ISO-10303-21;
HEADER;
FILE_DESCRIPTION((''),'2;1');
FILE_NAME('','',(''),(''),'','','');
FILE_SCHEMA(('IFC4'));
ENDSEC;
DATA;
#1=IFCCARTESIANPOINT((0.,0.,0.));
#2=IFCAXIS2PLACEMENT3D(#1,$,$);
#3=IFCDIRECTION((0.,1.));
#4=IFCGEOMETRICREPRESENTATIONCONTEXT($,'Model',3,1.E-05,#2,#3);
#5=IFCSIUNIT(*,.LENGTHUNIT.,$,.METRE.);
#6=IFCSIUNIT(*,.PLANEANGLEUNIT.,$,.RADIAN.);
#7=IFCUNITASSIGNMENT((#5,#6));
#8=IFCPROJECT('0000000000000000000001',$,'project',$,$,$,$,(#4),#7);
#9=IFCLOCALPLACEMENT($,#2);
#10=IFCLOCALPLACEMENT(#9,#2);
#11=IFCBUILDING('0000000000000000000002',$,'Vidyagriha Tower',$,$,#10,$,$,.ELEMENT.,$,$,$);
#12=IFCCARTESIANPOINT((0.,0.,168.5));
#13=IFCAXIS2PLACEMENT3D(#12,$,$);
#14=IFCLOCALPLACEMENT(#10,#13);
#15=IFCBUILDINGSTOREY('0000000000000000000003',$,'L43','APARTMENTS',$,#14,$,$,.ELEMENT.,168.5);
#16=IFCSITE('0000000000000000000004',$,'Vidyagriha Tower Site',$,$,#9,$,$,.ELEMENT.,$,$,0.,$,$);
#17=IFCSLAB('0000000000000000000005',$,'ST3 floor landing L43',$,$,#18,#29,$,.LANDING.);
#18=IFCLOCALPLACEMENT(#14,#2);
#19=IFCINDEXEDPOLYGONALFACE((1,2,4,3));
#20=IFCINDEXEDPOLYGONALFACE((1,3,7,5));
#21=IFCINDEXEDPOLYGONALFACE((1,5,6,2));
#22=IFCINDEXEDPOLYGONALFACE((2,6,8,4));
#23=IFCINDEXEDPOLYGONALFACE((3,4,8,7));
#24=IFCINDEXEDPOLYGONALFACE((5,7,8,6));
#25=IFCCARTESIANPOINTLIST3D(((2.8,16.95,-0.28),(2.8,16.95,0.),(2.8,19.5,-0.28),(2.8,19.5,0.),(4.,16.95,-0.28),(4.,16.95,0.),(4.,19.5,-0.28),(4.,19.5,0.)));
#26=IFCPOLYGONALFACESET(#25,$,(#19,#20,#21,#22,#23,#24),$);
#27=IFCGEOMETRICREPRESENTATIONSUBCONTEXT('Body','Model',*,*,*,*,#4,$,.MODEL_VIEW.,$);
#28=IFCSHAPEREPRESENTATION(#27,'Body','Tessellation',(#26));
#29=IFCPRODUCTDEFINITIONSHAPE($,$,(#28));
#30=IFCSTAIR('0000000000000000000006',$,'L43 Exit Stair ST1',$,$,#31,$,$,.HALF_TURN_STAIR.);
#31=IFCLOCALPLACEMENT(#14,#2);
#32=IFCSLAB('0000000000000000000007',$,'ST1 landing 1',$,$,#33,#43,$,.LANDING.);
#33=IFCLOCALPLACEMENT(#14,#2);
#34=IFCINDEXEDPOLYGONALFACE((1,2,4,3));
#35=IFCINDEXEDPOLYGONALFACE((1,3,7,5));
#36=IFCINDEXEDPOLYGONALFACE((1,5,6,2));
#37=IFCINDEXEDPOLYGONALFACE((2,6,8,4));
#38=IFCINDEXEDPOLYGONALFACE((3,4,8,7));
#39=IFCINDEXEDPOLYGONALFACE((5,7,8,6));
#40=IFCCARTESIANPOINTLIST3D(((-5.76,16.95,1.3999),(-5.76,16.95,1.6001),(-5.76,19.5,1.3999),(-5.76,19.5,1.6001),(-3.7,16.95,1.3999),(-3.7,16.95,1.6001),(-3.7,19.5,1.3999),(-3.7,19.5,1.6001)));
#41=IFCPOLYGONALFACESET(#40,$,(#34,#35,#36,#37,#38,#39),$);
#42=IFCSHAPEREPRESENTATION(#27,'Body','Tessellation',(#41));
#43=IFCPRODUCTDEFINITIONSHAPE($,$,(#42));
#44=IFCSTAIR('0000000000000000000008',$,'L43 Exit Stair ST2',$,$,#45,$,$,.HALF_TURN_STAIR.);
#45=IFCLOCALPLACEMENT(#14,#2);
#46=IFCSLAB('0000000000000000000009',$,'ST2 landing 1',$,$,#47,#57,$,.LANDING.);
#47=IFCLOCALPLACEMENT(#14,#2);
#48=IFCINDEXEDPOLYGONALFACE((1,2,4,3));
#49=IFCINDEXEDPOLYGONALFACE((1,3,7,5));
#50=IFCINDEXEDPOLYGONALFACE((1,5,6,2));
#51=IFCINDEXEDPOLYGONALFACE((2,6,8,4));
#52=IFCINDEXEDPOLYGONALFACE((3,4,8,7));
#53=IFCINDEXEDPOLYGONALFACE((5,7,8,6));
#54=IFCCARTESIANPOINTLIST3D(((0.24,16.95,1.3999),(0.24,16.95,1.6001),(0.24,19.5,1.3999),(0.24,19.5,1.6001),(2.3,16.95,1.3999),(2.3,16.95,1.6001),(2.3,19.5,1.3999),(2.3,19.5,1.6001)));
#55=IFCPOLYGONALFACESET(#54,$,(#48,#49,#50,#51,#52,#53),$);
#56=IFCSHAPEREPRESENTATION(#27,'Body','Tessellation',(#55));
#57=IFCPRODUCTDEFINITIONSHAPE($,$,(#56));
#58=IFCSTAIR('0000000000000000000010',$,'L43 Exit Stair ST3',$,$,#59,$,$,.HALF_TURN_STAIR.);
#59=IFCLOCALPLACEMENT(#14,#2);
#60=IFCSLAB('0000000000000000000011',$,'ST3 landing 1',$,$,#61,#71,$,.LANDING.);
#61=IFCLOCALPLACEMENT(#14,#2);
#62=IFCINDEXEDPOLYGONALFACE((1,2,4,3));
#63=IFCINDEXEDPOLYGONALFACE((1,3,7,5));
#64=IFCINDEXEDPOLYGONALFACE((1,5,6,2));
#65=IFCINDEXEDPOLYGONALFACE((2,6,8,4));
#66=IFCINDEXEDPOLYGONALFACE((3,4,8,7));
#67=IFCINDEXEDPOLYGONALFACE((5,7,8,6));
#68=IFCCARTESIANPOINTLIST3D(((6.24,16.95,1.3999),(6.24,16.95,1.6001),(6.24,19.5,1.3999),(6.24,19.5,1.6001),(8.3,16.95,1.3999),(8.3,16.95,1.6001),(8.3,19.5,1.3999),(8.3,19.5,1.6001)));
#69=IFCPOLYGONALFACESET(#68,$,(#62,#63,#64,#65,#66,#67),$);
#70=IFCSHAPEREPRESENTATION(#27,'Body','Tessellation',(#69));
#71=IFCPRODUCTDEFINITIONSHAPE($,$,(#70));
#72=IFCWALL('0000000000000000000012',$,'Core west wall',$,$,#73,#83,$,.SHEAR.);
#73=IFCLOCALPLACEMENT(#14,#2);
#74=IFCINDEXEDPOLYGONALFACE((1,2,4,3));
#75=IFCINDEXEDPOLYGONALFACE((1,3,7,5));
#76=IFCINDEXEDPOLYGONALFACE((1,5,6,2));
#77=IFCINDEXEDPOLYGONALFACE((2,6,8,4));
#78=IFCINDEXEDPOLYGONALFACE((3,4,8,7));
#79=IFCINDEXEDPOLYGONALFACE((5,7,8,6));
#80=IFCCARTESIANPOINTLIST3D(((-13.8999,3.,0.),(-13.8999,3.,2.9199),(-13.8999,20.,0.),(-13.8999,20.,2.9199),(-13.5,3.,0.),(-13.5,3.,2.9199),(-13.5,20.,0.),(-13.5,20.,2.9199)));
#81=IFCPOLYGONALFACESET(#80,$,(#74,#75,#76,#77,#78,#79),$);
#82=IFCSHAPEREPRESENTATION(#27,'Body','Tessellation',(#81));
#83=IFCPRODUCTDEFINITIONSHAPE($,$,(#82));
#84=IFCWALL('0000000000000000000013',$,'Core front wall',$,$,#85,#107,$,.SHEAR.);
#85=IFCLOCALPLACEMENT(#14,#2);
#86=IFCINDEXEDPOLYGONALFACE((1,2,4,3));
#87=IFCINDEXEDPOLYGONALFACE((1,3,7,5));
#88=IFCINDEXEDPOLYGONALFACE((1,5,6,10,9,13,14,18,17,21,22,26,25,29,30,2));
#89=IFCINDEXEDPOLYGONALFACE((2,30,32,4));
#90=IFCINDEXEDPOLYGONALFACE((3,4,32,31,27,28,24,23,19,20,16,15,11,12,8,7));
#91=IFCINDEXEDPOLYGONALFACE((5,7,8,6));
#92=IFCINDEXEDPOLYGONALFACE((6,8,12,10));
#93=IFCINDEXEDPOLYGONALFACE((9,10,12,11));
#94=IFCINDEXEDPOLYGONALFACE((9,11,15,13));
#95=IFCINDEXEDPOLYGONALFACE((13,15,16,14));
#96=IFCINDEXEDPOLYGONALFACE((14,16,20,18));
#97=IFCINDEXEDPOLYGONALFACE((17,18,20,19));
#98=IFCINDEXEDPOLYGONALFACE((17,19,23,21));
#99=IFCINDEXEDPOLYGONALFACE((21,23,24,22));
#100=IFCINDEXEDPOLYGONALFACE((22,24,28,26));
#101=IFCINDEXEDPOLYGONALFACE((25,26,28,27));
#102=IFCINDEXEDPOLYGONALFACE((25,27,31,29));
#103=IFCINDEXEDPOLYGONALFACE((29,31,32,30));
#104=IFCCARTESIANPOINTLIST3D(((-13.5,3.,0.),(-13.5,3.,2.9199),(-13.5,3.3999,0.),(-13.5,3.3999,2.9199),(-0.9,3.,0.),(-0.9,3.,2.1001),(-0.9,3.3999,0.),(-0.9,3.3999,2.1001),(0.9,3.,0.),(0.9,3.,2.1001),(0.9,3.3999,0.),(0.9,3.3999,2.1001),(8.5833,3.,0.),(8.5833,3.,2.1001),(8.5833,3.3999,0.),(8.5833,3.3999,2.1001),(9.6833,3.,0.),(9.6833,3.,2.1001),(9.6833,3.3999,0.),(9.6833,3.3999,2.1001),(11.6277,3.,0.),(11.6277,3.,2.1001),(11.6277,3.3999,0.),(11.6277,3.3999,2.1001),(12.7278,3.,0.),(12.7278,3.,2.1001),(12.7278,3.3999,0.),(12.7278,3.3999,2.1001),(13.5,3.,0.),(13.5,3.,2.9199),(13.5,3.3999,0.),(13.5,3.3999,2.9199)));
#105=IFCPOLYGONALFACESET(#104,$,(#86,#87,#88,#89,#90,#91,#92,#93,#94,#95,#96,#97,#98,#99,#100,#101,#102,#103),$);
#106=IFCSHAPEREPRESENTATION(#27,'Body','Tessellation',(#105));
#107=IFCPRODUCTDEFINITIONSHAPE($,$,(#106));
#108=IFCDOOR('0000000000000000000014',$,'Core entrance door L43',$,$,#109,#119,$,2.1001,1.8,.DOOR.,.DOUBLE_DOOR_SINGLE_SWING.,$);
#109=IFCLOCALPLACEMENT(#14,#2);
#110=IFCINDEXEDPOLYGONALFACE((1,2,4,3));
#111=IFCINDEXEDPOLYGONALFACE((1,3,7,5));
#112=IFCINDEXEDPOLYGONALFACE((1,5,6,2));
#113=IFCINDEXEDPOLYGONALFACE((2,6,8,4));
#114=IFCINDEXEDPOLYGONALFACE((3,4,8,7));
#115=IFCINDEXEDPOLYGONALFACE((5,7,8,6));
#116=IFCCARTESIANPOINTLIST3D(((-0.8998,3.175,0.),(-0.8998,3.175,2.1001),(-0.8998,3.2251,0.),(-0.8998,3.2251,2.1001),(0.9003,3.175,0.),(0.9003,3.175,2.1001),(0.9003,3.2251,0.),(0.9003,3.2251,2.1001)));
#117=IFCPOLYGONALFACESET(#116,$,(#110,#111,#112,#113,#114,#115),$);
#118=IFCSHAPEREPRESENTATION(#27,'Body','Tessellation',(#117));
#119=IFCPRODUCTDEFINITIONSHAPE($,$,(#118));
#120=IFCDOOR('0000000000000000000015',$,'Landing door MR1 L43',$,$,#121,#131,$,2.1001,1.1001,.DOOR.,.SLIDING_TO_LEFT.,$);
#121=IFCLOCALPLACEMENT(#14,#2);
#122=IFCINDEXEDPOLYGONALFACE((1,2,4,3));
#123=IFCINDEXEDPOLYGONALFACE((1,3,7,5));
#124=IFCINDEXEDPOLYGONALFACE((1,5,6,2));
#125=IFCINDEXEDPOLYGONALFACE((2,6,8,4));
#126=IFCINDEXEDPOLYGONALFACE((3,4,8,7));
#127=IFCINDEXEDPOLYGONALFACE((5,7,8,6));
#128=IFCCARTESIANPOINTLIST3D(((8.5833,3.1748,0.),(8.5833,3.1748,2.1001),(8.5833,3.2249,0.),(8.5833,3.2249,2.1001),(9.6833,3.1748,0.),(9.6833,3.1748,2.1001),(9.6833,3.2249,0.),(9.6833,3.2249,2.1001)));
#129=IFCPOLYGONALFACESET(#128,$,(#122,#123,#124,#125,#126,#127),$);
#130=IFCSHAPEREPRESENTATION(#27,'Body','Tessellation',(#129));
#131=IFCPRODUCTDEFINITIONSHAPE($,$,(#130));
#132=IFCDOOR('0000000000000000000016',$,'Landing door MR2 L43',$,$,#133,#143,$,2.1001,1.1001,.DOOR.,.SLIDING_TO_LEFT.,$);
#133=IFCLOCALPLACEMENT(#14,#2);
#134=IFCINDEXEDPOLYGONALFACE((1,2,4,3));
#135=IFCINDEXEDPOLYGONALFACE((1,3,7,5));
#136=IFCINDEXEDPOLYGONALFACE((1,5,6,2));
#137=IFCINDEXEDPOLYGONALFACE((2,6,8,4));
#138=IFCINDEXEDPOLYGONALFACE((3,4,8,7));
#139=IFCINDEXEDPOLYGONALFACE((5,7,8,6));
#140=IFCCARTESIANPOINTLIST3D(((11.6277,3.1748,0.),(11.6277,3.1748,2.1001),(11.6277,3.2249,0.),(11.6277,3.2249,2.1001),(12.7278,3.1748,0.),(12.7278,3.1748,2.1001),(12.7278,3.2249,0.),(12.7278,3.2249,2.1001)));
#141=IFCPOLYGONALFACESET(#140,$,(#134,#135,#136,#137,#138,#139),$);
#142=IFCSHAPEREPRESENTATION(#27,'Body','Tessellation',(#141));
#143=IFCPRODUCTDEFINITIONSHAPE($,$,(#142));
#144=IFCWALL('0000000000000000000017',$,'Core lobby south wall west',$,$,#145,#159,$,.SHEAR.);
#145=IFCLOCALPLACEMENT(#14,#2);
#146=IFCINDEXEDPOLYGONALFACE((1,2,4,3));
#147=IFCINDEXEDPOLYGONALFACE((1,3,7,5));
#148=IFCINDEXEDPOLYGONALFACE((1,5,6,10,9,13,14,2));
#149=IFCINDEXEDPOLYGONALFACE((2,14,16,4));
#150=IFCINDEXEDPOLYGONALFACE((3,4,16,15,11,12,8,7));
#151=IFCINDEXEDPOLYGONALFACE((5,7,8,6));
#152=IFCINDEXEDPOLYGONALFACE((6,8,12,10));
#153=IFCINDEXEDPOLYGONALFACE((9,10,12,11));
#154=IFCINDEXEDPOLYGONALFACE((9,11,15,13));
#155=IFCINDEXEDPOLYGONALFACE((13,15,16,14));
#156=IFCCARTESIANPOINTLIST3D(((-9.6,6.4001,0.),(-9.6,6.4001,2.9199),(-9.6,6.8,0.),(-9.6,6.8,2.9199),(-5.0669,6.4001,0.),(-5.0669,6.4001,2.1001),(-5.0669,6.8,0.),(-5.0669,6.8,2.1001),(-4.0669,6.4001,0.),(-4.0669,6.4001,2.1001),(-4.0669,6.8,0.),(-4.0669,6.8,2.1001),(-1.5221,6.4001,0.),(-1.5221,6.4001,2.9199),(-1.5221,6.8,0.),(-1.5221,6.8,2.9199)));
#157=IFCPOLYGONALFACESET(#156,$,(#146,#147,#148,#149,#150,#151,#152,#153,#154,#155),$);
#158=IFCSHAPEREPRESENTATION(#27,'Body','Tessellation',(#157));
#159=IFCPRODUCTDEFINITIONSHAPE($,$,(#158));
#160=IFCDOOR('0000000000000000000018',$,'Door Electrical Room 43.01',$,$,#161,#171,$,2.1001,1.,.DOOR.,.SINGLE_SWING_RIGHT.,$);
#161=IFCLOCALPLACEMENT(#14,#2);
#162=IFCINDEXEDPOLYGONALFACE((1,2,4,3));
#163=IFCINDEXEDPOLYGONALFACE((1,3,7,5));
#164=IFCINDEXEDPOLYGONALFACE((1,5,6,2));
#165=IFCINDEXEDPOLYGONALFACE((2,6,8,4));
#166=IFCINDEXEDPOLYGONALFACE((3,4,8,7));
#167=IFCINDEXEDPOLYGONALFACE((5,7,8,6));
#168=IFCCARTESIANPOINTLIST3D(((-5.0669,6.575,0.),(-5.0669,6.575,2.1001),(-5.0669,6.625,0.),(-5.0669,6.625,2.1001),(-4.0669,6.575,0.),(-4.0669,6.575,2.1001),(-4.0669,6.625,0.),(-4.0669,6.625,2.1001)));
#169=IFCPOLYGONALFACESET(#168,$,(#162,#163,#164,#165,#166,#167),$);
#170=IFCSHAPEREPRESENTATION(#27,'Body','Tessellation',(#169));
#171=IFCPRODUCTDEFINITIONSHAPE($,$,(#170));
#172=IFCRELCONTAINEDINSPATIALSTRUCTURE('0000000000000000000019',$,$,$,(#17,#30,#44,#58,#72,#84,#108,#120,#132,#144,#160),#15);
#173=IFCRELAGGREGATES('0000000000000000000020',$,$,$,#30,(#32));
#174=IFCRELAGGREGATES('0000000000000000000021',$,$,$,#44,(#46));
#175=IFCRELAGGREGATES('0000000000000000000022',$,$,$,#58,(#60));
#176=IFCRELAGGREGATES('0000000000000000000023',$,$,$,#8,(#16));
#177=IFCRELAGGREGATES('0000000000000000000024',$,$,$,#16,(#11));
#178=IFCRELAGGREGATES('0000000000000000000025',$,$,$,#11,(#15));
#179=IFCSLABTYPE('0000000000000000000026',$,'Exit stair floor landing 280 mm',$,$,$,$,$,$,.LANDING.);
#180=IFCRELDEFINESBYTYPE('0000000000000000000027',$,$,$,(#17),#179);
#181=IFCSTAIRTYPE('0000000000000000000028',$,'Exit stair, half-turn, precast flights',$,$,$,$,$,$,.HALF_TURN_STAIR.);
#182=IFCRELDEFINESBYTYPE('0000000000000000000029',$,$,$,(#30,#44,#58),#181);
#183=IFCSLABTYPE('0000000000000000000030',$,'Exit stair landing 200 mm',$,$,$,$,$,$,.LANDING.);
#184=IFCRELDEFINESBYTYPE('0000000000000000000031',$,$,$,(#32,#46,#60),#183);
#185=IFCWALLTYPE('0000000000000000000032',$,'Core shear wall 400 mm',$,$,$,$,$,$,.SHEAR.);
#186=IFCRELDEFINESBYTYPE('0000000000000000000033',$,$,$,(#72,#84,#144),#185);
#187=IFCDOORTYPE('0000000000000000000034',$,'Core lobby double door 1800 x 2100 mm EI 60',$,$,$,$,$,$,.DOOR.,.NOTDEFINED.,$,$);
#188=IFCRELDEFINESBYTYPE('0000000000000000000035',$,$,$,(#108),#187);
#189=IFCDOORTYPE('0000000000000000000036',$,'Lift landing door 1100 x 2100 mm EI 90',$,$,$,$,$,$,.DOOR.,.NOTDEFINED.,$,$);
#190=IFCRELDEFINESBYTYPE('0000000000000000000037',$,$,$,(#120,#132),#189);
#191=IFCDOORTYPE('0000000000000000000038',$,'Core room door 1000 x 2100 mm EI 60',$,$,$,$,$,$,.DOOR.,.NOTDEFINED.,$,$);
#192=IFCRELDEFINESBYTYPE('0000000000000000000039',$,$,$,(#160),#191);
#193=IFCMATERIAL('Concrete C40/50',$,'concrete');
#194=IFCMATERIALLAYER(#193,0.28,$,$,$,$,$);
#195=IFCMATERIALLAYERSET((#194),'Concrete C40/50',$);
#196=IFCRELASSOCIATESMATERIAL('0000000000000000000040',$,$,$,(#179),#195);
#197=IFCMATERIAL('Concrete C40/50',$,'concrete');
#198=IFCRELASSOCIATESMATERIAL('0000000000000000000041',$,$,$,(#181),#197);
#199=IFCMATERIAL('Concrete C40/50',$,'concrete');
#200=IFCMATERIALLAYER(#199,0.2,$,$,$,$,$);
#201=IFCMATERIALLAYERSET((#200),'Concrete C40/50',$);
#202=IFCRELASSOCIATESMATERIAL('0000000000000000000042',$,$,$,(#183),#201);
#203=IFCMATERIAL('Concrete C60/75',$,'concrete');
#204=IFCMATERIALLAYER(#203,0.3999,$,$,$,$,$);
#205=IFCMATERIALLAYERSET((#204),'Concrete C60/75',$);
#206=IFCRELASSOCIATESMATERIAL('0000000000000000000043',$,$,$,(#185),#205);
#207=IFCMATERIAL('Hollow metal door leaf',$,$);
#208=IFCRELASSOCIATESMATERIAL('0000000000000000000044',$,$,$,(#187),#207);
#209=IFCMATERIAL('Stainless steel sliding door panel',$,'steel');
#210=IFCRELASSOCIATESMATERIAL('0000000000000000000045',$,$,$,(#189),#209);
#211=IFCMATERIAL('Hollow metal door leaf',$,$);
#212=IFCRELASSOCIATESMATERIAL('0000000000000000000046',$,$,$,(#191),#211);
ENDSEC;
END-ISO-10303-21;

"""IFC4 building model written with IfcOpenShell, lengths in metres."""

from ifc_helpers import new_model, si_unit, direction, frame, frame_2d, origin, place, context, subcontext, project, spatial, polyline, rectangle, outline, extrude, material, layer, layer_set, type_object, element, fill, aggregate, save


model = new_model("IFC4")

# Units and contexts
model_context = context("Model", 3, precision=1e-05, world=origin(), true_north=direction((0.0, 1.0)))
body_context = subcontext(model_context, "Body", "Model", "MODEL_VIEW")
ifc_project = project(units=[si_unit("LENGTHUNIT", "METRE"), si_unit("PLANEANGLEUNIT", "RADIAN")], contexts=[model_context])

# Site, building, storey
site_placement = place(None, origin())
site = spatial("IfcSite", under=ifc_project, at=site_placement, Name="Vidyagriha Tower Site", CompositionType="ELEMENT", RefElevation=0.0)
building_placement = place(site_placement, origin())
building = spatial("IfcBuilding", under=site, at=building_placement, Name="Vidyagriha Tower", CompositionType="ELEMENT")
storey_placement = place(building_placement, frame((0.0, 0.0, 168.5)))
storey = spatial("IfcBuildingStorey", under=building, at=storey_placement, Name="L43", Description="APARTMENTS", CompositionType="ELEMENT", Elevation=168.5)

# Slab
ifc_material_1 = material(Name="Concrete C40/50", Category="concrete")
ifc_layer_1 = layer(ifc_material_1, 0.28)
ifc_layer_set_1 = layer_set([ifc_layer_1], Name="Concrete C40/50")
slab_type_1 = type_object("IfcSlabType", Name="Exit stair floor landing 280 mm", PredefinedType="LANDING", material=ifc_layer_set_1)
slab_1_placement = place(storey_placement, frame((0.0, 0.0, -0.28)))
element("IfcSlab", 1, at=slab_1_placement, inside=storey, type_object=slab_type_1, Name="ST3 floor landing L43", PredefinedType="LANDING", context=body_context, shape_type="SweptSolid", body=[
    extrude(outline(polyline([(2.8, 16.95), (4.0, 16.95), (4.0, 19.5), (2.8, 19.5), (2.8, 16.95)])), origin(), (0.0, 0.0, 1.0), 0.28),
])

# Stairs, slabs
ifc_material_2 = material(Name="Concrete C40/50", Category="concrete")
stair_type = type_object("IfcStairType", Name="Exit stair, half-turn, precast flights", PredefinedType="HALF_TURN_STAIR", material=ifc_material_2)
stair_1_placement = place(storey_placement, origin())
stair_1 = element("IfcStair", 2, at=stair_1_placement, inside=storey, type_object=stair_type, Name="L43 Exit Stair ST1", PredefinedType="HALF_TURN_STAIR")
ifc_material_3 = material(Name="Concrete C40/50", Category="concrete")
ifc_layer_2 = layer(ifc_material_3, 0.2)
ifc_layer_set_2 = layer_set([ifc_layer_2], Name="Concrete C40/50")
slab_type_2 = type_object("IfcSlabType", Name="Exit stair landing 200 mm", PredefinedType="LANDING", material=ifc_layer_set_2)
slab_2_placement = place(storey_placement, frame((0.0, 0.0, 1.3999)))
slab_2 = element("IfcSlab", 3, at=slab_2_placement, type_object=slab_type_2, Name="ST1 landing 1", PredefinedType="LANDING", context=body_context, shape_type="SweptSolid", body=[
    extrude(outline(polyline([(-5.76, 16.95), (-3.7, 16.95), (-3.7, 19.5), (-5.76, 19.5), (-5.76, 16.95)])), origin(), (0.0, 0.0, 1.0), 0.2002),
])
aggregate(stair_1, [slab_2])
stair_2_placement = place(storey_placement, origin())
stair_2 = element("IfcStair", 4, at=stair_2_placement, inside=storey, type_object=stair_type, Name="L43 Exit Stair ST2", PredefinedType="HALF_TURN_STAIR")
slab_3_placement = place(storey_placement, frame((0.0, 0.0, 1.3999)))
slab_3 = element("IfcSlab", 5, at=slab_3_placement, type_object=slab_type_2, Name="ST2 landing 1", PredefinedType="LANDING", context=body_context, shape_type="SweptSolid", body=[
    extrude(outline(polyline([(0.24, 16.95), (2.3, 16.95), (2.3, 19.5), (0.24, 19.5), (0.24, 16.95)])), origin(), (0.0, 0.0, 1.0), 0.2002),
])
aggregate(stair_2, [slab_3])
stair_3_placement = place(storey_placement, origin())
stair_3 = element("IfcStair", 6, at=stair_3_placement, inside=storey, type_object=stair_type, Name="L43 Exit Stair ST3", PredefinedType="HALF_TURN_STAIR")
slab_4_placement = place(storey_placement, frame((0.0, 0.0, 1.3999)))
slab_4 = element("IfcSlab", 7, at=slab_4_placement, type_object=slab_type_2, Name="ST3 landing 1", PredefinedType="LANDING", context=body_context, shape_type="SweptSolid", body=[
    extrude(outline(polyline([(6.24, 16.95), (8.3, 16.95), (8.3, 19.5), (6.24, 19.5), (6.24, 16.95)])), origin(), (0.0, 0.0, 1.0), 0.2002),
])
aggregate(stair_3, [slab_4])

# Wall
ifc_material_4 = material(Name="Concrete C60/75", Category="concrete")
ifc_layer_3 = layer(ifc_material_4, 0.3999)
ifc_layer_set_3 = layer_set([ifc_layer_3], Name="Concrete C60/75")
wall_type_1 = type_object("IfcWallType", Name="Core shear wall 400 mm", PredefinedType="SHEAR", material=ifc_layer_set_3)
wall_1_placement = place(storey_placement, frame((-13.7, 3.0, 0.0), z_axis=(0.0, 0.0, 1.0), x_axis=(0.0, 1.0, 0.0)))
element("IfcWall", 8, at=wall_1_placement, inside=storey, type_object=wall_type_1, Name="Core west wall", PredefinedType="SHEAR", context=body_context, shape_type="SweptSolid", body=[
    extrude(rectangle(XDim=17.0, YDim=0.3999, at=frame_2d((8.5, 0.0))), origin(), (0.0, 0.0, 1.0), 2.9199),
])

# Wall, openings, doors
wall_2_placement = place(storey_placement, frame((-13.5, 3.2, 0.0)))
wall_2 = element("IfcWall", 9, at=wall_2_placement, inside=storey, type_object=wall_type_1, Name="Core front wall", PredefinedType="SHEAR", context=body_context, shape_type="SweptSolid", body=[
    extrude(rectangle(XDim=27.0, YDim=0.3999, at=frame_2d((13.5, 0.0))), origin(), (0.0, 0.0, 1.0), 2.9199),
])
opening_1_placement = place(wall_2_placement, frame((22.0833, 0.0, 0.0)))
opening_1 = element("IfcOpeningElement", 10, at=opening_1_placement, cuts=wall_2, PredefinedType="OPENING", context=body_context, shape_type="SweptSolid", body=[
    extrude(rectangle(XDim=1.1001, YDim=2.1001, at=frame_2d((0.55, 1.05))), frame((0.0, 0.21, 0.0), z_axis=(0.0, -1.0, 0.0), x_axis=(1.0, 0.0, 0.0)), (0.0, 0.0, 1.0), 0.4199),
])
opening_2_placement = place(wall_2_placement, frame((25.1277, 0.0, 0.0)))
opening_2 = element("IfcOpeningElement", 11, at=opening_2_placement, cuts=wall_2, PredefinedType="OPENING", context=body_context, shape_type="SweptSolid", body=[
    extrude(rectangle(XDim=1.1001, YDim=2.1001, at=frame_2d((0.55, 1.05))), frame((0.0, 0.21, 0.0), z_axis=(0.0, -1.0, 0.0), x_axis=(1.0, 0.0, 0.0)), (0.0, 0.0, 1.0), 0.4199),
])
opening_3_placement = place(wall_2_placement, frame((12.6001, 0.0, 0.0)))
opening_3 = element("IfcOpeningElement", 12, at=opening_3_placement, cuts=wall_2, PredefinedType="OPENING", context=body_context, shape_type="SweptSolid", body=[
    extrude(rectangle(XDim=1.8, YDim=2.1001, at=frame_2d((0.8999, 1.05))), frame((0.0, 0.21, 0.0), z_axis=(0.0, -1.0, 0.0), x_axis=(1.0, 0.0, 0.0)), (0.0, 0.0, 1.0), 0.4199),
])
ifc_material_5 = material(Name="Hollow metal door leaf")
door_type_1 = type_object("IfcDoorType", Name="Core lobby double door 1800 x 2100 mm EI 60", OperationType="NOTDEFINED", PredefinedType="DOOR", material=ifc_material_5)
door_1_placement = place(opening_3_placement, frame((1.8, 0.0, 0.0), z_axis=(0.0, 0.0, 1.0), x_axis=(-1.0, 0.0, 0.0)))
door_1 = element("IfcDoor", 13, at=door_1_placement, inside=storey, type_object=door_type_1, Name="Core entrance door L43", OperationType="DOUBLE_DOOR_SINGLE_SWING", OverallHeight=2.1001, OverallWidth=1.8, PredefinedType="DOOR", context=body_context, shape_type="SweptSolid", body=[
    extrude(rectangle(XDim=1.8, YDim=2.1001, at=frame_2d((0.8999, 1.05))), frame((0.0, 0.0249, 0.0), z_axis=(0.0, -1.0, 0.0), x_axis=(1.0, 0.0, 0.0)), (0.0, 0.0, 1.0), 0.05),
])
fill(opening_3, door_1)
ifc_material_6 = material(Name="Stainless steel sliding door panel", Category="steel")
door_type_2 = type_object("IfcDoorType", Name="Lift landing door 1100 x 2100 mm EI 90", OperationType="NOTDEFINED", PredefinedType="DOOR", material=ifc_material_6)
door_2_placement = place(opening_1_placement, origin())
door_2 = element("IfcDoor", 14, at=door_2_placement, inside=storey, type_object=door_type_2, Name="Landing door MR1 L43", OperationType="SLIDING_TO_LEFT", OverallHeight=2.1001, OverallWidth=1.1001, PredefinedType="DOOR", context=body_context, shape_type="SweptSolid", body=[
    extrude(rectangle(XDim=1.1001, YDim=2.1001, at=frame_2d((0.55, 1.05))), frame((0.0, 0.0249, 0.0), z_axis=(0.0, -1.0, 0.0), x_axis=(1.0, 0.0, 0.0)), (0.0, 0.0, 1.0), 0.05),
])
fill(opening_1, door_2)
door_3_placement = place(opening_2_placement, origin())
door_3 = element("IfcDoor", 15, at=door_3_placement, inside=storey, type_object=door_type_2, Name="Landing door MR2 L43", OperationType="SLIDING_TO_LEFT", OverallHeight=2.1001, OverallWidth=1.1001, PredefinedType="DOOR", context=body_context, shape_type="SweptSolid", body=[
    extrude(rectangle(XDim=1.1001, YDim=2.1001, at=frame_2d((0.55, 1.05))), frame((0.0, 0.0249, 0.0), z_axis=(0.0, -1.0, 0.0), x_axis=(1.0, 0.0, 0.0)), (0.0, 0.0, 1.0), 0.05),
])
fill(opening_2, door_3)

# Wall, opening, door
wall_3_placement = place(storey_placement, frame((-9.6001, 6.6001, 0.0)))
wall_3 = element("IfcWall", 16, at=wall_3_placement, inside=storey, type_object=wall_type_1, Name="Core lobby south wall west", PredefinedType="SHEAR", context=body_context, shape_type="SweptSolid", body=[
    extrude(rectangle(XDim=8.0779, YDim=0.3999, at=frame_2d((4.0391, 0.0))), origin(), (0.0, 0.0, 1.0), 2.9199),
])
opening_4_placement = place(wall_3_placement, frame((4.5332, 0.0, 0.0)))
opening_4 = element("IfcOpeningElement", 17, at=opening_4_placement, cuts=wall_3, PredefinedType="OPENING", context=body_context, shape_type="SweptSolid", body=[
    extrude(rectangle(XDim=1.0, YDim=2.1001, at=frame_2d((0.5, 1.05))), frame((0.0, 0.21, 0.0), z_axis=(0.0, -1.0, 0.0), x_axis=(1.0, 0.0, 0.0)), (0.0, 0.0, 1.0), 0.4199),
])
ifc_material_7 = material(Name="Hollow metal door leaf")
door_type_3 = type_object("IfcDoorType", Name="Core room door 1000 x 2100 mm EI 60", OperationType="NOTDEFINED", PredefinedType="DOOR", material=ifc_material_7)
door_4_placement = place(opening_4_placement, origin())
door_4 = element("IfcDoor", 18, at=door_4_placement, inside=storey, type_object=door_type_3, Name="Door Electrical Room 43.01", OperationType="SINGLE_SWING_RIGHT", OverallHeight=2.1001, OverallWidth=1.0, PredefinedType="DOOR", context=body_context, shape_type="SweptSolid", body=[
    extrude(rectangle(XDim=1.0, YDim=2.1001, at=frame_2d((0.5, 1.05))), frame((0.0, 0.0249, 0.0), z_axis=(0.0, -1.0, 0.0), x_axis=(1.0, 0.0, 0.0)), (0.0, 0.0, 1.0), 0.05),
])
fill(opening_4, door_4)

save(model, "model.ifc")
